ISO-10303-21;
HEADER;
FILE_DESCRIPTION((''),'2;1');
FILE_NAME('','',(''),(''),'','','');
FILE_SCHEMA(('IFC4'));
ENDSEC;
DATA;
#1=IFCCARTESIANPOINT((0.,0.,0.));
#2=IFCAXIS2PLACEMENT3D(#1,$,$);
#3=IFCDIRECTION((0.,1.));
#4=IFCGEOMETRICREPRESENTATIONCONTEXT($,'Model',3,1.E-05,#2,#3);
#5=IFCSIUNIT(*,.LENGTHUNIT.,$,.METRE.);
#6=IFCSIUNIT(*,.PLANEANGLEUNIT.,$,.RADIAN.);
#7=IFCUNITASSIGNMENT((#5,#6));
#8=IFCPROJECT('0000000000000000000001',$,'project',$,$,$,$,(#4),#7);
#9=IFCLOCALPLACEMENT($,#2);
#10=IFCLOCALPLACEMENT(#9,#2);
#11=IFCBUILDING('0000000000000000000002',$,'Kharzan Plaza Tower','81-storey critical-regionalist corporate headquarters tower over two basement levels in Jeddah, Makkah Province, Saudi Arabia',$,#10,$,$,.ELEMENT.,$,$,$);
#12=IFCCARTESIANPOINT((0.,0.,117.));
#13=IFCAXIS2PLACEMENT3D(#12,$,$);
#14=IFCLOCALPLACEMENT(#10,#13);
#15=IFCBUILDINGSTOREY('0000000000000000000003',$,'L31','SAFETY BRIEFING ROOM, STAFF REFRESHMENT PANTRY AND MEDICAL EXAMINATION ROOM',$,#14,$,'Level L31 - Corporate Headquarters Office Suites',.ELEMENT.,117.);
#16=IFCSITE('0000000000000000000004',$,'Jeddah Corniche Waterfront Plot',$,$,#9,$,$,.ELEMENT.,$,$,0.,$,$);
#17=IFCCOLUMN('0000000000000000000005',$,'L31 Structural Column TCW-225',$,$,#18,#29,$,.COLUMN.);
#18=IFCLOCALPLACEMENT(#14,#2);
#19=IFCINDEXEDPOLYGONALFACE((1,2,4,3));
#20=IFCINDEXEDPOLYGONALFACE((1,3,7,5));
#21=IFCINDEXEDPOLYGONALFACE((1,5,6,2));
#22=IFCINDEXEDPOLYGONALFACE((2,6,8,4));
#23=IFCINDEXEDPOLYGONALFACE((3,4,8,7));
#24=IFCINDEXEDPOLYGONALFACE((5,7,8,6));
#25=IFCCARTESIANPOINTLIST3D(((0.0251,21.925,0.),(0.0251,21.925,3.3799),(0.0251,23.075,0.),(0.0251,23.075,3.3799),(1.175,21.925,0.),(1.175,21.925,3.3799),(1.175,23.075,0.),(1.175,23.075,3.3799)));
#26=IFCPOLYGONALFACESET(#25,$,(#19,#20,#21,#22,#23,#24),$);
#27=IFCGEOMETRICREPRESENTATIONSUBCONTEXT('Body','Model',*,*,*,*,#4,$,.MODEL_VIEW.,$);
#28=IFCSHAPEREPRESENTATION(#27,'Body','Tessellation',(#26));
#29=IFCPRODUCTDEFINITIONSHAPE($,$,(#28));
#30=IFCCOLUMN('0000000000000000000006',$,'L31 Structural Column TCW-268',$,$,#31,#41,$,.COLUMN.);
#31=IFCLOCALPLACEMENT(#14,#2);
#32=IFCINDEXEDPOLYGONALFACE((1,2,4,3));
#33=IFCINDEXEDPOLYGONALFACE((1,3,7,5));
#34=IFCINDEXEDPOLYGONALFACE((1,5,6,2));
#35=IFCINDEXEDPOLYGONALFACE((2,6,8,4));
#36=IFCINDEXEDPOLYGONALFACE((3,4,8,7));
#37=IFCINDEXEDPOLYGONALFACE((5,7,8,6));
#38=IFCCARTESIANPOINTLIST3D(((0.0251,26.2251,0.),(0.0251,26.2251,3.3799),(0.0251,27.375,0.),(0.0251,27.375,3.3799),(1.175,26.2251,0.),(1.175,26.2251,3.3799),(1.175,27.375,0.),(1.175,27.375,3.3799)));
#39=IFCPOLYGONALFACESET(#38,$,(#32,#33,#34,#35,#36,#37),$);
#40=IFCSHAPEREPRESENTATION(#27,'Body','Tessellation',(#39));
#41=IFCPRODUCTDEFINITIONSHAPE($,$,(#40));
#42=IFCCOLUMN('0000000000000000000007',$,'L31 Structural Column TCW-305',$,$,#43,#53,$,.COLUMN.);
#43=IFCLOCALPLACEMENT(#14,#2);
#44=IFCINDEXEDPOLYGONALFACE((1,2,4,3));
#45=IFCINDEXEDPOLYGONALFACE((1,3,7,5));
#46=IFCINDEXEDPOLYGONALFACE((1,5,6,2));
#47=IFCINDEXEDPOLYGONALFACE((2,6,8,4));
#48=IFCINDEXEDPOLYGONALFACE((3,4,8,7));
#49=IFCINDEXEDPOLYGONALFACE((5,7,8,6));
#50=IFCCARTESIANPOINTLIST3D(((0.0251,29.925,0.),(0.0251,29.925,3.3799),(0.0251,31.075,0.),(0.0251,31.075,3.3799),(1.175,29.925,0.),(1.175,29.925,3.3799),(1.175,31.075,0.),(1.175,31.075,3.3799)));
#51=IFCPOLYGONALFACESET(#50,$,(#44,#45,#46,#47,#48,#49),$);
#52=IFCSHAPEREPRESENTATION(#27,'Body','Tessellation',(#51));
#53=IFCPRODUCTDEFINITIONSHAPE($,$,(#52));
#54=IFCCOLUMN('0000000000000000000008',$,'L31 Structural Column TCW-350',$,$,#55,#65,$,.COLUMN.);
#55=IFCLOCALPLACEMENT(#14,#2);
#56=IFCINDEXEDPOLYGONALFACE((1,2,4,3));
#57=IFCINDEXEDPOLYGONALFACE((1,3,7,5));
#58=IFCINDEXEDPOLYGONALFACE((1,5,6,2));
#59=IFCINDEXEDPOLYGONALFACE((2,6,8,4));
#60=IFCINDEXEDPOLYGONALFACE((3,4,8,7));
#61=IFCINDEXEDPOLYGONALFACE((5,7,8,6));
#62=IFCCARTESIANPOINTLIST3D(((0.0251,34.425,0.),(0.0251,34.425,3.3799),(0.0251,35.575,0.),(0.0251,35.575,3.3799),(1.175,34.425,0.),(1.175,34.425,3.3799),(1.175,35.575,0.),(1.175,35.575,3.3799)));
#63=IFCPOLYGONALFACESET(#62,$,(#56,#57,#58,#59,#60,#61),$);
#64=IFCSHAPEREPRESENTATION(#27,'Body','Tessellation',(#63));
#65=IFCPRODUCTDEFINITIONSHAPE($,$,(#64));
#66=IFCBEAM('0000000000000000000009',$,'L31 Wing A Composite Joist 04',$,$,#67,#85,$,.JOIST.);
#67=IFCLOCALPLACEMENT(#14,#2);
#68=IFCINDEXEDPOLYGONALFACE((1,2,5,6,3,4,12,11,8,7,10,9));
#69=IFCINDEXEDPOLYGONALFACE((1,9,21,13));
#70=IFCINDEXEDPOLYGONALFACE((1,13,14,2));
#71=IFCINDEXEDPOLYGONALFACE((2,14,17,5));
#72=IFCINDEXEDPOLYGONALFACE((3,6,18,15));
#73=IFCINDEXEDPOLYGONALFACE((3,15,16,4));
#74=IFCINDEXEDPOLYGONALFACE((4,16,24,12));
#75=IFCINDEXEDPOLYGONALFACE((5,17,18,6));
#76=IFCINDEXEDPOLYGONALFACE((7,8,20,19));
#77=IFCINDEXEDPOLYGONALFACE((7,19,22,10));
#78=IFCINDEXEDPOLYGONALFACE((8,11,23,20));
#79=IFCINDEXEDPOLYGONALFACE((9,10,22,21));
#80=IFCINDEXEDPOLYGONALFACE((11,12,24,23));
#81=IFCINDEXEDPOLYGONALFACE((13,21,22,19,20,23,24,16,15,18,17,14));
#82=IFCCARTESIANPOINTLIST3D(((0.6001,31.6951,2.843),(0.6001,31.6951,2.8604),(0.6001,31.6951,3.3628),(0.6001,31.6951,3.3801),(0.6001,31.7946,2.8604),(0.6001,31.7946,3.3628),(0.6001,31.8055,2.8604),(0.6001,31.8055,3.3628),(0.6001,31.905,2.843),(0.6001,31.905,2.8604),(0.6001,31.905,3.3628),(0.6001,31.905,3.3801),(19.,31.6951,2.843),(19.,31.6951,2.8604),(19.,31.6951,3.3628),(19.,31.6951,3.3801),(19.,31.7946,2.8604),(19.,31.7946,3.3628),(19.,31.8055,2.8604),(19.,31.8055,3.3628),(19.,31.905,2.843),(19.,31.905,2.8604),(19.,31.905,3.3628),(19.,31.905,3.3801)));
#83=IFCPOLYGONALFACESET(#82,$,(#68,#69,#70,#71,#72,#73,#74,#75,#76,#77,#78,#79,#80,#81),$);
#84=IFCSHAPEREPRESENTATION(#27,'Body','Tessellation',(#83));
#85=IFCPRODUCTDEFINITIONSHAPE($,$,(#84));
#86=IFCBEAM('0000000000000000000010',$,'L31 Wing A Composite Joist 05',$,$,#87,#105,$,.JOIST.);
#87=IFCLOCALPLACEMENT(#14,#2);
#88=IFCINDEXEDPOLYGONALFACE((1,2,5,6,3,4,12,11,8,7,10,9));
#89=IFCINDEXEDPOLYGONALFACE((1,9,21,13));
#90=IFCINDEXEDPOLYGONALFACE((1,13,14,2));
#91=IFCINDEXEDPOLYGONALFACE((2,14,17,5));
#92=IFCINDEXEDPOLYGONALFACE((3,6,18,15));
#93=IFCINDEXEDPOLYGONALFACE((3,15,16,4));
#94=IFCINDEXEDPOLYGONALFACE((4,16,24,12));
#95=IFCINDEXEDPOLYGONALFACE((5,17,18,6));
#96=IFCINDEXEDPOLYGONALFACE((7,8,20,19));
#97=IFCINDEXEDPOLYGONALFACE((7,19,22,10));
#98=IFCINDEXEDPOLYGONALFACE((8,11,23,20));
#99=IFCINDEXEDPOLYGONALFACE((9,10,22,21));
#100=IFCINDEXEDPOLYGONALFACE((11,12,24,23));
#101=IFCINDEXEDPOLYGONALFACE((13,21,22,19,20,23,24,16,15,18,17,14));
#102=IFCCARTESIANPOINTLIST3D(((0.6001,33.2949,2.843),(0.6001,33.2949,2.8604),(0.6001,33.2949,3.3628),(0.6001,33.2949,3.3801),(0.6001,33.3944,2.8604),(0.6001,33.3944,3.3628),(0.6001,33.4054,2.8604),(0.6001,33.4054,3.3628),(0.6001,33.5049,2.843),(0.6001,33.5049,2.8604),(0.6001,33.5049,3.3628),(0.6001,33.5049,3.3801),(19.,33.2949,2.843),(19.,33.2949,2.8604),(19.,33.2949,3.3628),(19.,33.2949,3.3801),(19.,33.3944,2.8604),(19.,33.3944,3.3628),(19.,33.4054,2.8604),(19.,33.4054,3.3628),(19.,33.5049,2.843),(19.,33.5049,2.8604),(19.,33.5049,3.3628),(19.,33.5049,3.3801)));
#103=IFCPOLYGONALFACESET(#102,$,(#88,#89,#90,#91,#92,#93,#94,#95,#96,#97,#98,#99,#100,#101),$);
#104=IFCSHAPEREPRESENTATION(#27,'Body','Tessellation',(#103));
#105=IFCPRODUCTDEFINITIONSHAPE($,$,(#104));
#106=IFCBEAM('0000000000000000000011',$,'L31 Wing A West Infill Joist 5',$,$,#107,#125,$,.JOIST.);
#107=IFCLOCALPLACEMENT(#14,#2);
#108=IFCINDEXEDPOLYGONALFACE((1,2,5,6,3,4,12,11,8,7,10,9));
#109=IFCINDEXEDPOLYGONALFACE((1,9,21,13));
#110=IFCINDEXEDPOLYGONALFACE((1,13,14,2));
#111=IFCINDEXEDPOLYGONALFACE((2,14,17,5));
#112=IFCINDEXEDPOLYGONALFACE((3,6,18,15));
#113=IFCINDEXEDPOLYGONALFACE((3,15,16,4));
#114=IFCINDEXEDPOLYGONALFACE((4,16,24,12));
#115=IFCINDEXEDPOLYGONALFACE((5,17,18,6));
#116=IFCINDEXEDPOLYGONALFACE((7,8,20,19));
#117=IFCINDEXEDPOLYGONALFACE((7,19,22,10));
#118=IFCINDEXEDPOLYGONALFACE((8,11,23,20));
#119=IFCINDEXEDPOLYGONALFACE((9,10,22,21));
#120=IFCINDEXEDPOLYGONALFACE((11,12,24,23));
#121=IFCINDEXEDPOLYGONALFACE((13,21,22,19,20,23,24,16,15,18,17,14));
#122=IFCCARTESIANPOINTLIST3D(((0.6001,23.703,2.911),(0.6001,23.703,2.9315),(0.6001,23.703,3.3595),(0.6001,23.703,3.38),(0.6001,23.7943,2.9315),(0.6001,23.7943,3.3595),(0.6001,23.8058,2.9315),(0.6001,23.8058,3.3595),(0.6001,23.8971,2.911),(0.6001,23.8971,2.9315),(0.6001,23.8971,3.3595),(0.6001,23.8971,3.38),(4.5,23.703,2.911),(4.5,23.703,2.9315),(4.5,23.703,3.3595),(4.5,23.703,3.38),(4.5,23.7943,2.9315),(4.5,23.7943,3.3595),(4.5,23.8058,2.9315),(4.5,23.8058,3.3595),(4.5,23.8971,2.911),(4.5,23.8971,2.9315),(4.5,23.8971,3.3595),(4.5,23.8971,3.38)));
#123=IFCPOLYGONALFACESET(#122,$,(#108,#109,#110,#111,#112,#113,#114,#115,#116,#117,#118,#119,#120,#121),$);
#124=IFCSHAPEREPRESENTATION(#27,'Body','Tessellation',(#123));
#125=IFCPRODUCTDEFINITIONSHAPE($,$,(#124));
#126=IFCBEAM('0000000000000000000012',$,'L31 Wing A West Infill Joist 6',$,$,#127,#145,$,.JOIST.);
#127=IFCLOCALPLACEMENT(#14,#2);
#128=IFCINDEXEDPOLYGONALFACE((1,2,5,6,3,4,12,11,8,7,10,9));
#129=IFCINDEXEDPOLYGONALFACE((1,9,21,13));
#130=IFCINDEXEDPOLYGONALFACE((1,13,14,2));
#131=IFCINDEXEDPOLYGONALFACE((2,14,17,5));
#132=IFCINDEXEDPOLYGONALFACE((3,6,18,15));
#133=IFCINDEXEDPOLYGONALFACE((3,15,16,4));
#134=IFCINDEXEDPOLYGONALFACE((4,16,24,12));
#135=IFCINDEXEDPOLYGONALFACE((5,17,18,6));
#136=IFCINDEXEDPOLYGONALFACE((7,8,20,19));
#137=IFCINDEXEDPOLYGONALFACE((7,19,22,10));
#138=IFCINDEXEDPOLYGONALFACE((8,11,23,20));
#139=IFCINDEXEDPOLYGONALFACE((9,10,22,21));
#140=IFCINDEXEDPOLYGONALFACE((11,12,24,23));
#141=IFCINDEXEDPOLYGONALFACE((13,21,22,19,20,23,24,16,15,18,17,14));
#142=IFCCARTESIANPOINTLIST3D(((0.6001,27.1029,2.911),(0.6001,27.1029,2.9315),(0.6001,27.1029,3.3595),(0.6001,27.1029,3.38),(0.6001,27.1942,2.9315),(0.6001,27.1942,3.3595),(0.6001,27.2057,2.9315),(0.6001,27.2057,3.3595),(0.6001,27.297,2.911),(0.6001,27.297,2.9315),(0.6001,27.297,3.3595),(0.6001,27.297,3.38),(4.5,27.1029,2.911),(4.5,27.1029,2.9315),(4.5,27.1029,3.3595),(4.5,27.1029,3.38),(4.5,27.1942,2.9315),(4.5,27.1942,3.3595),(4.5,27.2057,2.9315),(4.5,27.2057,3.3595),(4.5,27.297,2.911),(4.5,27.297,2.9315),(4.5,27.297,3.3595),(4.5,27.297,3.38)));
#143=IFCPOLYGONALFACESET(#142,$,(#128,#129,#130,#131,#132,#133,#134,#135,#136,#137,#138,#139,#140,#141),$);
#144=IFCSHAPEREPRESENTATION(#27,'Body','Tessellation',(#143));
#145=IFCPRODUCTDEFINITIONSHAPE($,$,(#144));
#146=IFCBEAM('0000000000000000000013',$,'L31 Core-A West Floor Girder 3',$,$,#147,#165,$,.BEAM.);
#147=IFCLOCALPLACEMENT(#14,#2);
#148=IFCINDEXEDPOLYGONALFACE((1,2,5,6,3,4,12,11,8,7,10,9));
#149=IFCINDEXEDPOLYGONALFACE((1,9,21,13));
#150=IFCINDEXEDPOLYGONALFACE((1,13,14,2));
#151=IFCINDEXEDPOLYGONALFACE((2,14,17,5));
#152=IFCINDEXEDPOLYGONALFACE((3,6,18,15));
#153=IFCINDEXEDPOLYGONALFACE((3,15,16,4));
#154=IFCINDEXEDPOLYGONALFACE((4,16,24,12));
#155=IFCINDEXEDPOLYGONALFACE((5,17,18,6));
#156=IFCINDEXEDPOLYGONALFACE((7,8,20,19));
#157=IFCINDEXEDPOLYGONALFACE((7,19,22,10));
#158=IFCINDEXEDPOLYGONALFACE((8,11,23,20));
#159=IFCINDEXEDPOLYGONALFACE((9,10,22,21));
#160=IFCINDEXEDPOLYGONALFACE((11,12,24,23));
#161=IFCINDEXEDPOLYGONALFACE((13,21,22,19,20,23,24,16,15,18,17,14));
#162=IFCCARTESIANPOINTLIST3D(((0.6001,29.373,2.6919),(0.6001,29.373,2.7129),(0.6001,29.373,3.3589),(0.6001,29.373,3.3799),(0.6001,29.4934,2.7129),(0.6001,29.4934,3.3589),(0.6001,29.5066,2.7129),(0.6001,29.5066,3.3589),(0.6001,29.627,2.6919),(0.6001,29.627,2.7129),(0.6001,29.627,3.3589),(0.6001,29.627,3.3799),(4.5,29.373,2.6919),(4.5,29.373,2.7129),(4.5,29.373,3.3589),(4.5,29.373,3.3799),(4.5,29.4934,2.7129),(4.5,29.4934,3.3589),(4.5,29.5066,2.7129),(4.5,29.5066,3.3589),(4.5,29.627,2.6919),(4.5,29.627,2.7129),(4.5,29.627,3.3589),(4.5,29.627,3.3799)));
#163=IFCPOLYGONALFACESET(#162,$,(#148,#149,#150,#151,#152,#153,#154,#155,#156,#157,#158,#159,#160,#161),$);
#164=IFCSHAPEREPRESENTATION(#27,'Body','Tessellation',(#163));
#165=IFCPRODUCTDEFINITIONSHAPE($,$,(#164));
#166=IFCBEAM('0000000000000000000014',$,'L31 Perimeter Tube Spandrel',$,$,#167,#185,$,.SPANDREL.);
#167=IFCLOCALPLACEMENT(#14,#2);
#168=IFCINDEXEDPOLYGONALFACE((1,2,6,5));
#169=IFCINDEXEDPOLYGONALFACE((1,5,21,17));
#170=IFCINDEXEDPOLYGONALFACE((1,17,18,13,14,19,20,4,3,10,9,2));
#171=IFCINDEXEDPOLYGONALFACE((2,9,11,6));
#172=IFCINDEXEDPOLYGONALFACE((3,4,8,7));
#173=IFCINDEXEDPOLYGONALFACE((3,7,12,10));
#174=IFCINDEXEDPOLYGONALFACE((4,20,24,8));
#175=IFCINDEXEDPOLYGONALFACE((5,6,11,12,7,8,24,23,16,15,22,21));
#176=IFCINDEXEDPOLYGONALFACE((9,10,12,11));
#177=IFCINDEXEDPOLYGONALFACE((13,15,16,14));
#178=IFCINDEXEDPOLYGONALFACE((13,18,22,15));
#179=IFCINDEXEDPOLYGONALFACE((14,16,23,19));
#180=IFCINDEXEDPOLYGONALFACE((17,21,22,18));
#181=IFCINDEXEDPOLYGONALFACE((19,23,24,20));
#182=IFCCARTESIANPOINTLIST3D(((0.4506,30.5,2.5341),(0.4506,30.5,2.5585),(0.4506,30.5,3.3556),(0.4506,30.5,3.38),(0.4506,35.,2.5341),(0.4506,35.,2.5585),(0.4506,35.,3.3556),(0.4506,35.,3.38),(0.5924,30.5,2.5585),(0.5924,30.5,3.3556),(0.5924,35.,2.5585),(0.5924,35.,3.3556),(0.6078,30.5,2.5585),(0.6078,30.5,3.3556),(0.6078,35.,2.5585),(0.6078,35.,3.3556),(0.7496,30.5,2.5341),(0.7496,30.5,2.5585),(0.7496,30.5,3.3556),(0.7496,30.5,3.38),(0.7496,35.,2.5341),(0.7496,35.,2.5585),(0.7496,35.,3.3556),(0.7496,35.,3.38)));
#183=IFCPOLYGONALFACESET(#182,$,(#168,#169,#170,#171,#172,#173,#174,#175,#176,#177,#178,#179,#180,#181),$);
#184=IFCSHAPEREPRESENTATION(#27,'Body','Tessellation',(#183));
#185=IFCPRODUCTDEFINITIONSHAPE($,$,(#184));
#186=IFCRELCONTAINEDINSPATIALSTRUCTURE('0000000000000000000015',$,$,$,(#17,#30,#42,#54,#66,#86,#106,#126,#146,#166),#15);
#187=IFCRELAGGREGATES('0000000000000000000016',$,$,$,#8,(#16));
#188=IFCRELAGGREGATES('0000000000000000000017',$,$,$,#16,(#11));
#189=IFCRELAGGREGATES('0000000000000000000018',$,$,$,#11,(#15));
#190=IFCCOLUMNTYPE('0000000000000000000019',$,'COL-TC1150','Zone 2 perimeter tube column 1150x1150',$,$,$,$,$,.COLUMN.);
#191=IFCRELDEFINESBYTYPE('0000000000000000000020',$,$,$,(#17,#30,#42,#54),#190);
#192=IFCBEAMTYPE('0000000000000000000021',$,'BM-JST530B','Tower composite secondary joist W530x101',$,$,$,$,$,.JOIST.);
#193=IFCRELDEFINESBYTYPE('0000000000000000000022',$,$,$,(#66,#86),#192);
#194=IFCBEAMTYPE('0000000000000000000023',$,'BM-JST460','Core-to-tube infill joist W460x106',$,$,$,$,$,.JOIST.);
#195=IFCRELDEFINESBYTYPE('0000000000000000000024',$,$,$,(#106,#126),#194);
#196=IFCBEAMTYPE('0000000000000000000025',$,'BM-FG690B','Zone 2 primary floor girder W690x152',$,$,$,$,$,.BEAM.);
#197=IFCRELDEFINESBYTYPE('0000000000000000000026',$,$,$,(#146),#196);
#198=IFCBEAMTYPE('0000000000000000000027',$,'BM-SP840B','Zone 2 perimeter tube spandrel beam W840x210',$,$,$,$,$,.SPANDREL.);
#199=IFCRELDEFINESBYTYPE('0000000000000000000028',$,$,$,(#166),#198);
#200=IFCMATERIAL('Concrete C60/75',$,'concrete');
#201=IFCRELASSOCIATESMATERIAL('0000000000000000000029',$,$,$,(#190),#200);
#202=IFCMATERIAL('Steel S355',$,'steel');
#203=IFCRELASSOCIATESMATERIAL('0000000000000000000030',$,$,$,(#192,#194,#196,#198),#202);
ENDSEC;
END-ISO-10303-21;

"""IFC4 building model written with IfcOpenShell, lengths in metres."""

from ifc_helpers import new_model, si_unit, direction, frame, origin, origin_2d, place, context, subcontext, project, spatial, rectangle, i_section, extrude, source, transform, mapped, material, material_profile, profile_set, type_object, element, save


model = new_model("IFC4")

# Units and contexts
model_context = context("Model", 3, precision=1e-05, world=origin(), true_north=direction((0.0, 1.0)))
body_context = subcontext(model_context, "Body", "Model", "MODEL_VIEW")
ifc_project = project(units=[si_unit("LENGTHUNIT", "METRE"), si_unit("PLANEANGLEUNIT", "RADIAN")], contexts=[model_context])

# Site, building, storey
site_placement = place(None, origin())
site = spatial("IfcSite", under=ifc_project, at=site_placement, Name="Jeddah Corniche Waterfront Plot", CompositionType="ELEMENT", RefElevation=0.0)
building_placement = place(site_placement, origin())
building = spatial("IfcBuilding", under=site, at=building_placement, Name="Kharzan Plaza Tower", Description="81-storey critical-regionalist corporate headquarters tower over two basement levels in Jeddah, Makkah Province, Saudi Arabia", CompositionType="ELEMENT")
storey_placement = place(building_placement, frame((0.0, 0.0, 117.0)))
storey = spatial("IfcBuildingStorey", under=building, at=storey_placement, Name="L31", Description="SAFETY BRIEFING ROOM, STAFF REFRESHMENT PANTRY AND MEDICAL EXAMINATION ROOM", LongName="Level L31 - Corporate Headquarters Office Suites", CompositionType="ELEMENT", Elevation=117.0)

# Columns
ifc_material_1 = material(Name="Concrete C60/75", Category="concrete")
ifc_material_profile_1 = material_profile(ifc_material_1, rectangle(XDim=1.1499, YDim=1.1499, at=origin_2d()), Name="RC-TC1150x1150")
ifc_profile_set_1 = profile_set([ifc_material_profile_1], Name="Concrete C60/75")
column_type = type_object("IfcColumnType", Name="COL-TC1150", Description="Zone 2 perimeter tube column 1150x1150", PredefinedType="COLUMN", material=ifc_profile_set_1)
shared_shape_1 = source(origin(), body_context, "Body", "SweptSolid", [
    extrude(rectangle(XDim=1.1499, YDim=1.1499, at=origin_2d()), origin(), (0.0, 0.0, 1.0), 3.3799),
])
for number, where, z_axis, x_axis, name in (
    (1, (0.6001, 22.5, 0.0), (0.0, 0.0, 1.0), (1.0, 0.0, 0.0), "L31 Structural Column TCW-225"),
    (2, (0.6001, 26.8, 0.0), (0.0, 0.0, 1.0), (1.0, 0.0, 0.0), "L31 Structural Column TCW-268"),
    (3, (0.6001, 30.5, 0.0), (0.0, 0.0, 1.0), (1.0, 0.0, 0.0), "L31 Structural Column TCW-305"),
    (4, (0.6001, 35.0, 0.0), (0.0, 0.0, 1.0), (1.0, 0.0, 0.0), "L31 Structural Column TCW-350"),
):
    element("IfcColumn", number, at=place(storey_placement, frame(where, z_axis=z_axis, x_axis=x_axis)), inside=storey, type_object=column_type, Name=name, PredefinedType="COLUMN", context=body_context, shape_type="MappedRepresentation", body=[
        mapped(shared_shape_1, transform((0.0, 0.0, 0.0), x_axis=(1.0, 0.0, 0.0), y_axis=(0.0, 1.0, 0.0), z_axis=(0.0, 0.0, 1.0))),
    ])

# Beams
ifc_material_2 = material(Name="Steel S355", Category="steel")
ifc_material_profile_2 = material_profile(ifc_material_2, i_section(OverallWidth=0.21, OverallDepth=0.5371, WebThickness=0.011, FlangeThickness=0.0173, at=origin_2d()), Name="W530x101")
ifc_profile_set_2 = profile_set([ifc_material_profile_2], Name="Steel S355")
beam_type_1 = type_object("IfcBeamType", Name="BM-JST530B", Description="Tower composite secondary joist W530x101", PredefinedType="JOIST", material=ifc_profile_set_2)
shared_shape_2 = source(origin(), body_context, "Body", "SweptSolid", [
    extrude(i_section(OverallWidth=0.21, OverallDepth=0.5371, WebThickness=0.011, FlangeThickness=0.0173, at=origin_2d()), origin(), (0.0, 0.0, 1.0), 18.3999),
])
for number, where, z_axis, x_axis, name in (
    (5, (0.6001, 31.8, 3.1116), (1.0, 0.0, 0.0), (0.0, 1.0, 0.0), "L31 Wing A Composite Joist 04"),
    (6, (0.6001, 33.3999, 3.1116), (1.0, 0.0, 0.0), (0.0, 1.0, 0.0), "L31 Wing A Composite Joist 05"),
):
    element("IfcBeam", number, at=place(storey_placement, frame(where, z_axis=z_axis, x_axis=x_axis)), inside=storey, type_object=beam_type_1, Name=name, PredefinedType="JOIST", context=body_context, shape_type="MappedRepresentation", body=[
        mapped(shared_shape_2, transform((0.0, 0.0, 0.0), x_axis=(1.0, 0.0, 0.0), y_axis=(0.0, 1.0, 0.0), z_axis=(0.0, 0.0, 1.0))),
    ])
ifc_material_profile_3 = material_profile(ifc_material_2, i_section(OverallWidth=0.1941, OverallDepth=0.469, WebThickness=0.0115, FlangeThickness=0.0205, at=origin_2d()), Name="W460x106")
ifc_profile_set_3 = profile_set([ifc_material_profile_3], Name="Steel S355")
beam_type_2 = type_object("IfcBeamType", Name="BM-JST460", Description="Core-to-tube infill joist W460x106", PredefinedType="JOIST", material=ifc_profile_set_3)
shared_shape_3 = source(origin(), body_context, "Body", "SweptSolid", [
    extrude(i_section(OverallWidth=0.1941, OverallDepth=0.469, WebThickness=0.0115, FlangeThickness=0.0205, at=origin_2d()), origin(), (0.0, 0.0, 1.0), 3.8999),
])
for number, where, z_axis, x_axis, name in (
    (7, (0.6001, 23.8, 3.1455), (1.0, 0.0, 0.0), (0.0, 1.0, 0.0), "L31 Wing A West Infill Joist 5"),
    (8, (0.6001, 27.2, 3.1455), (1.0, 0.0, 0.0), (0.0, 1.0, 0.0), "L31 Wing A West Infill Joist 6"),
):
    element("IfcBeam", number, at=place(storey_placement, frame(where, z_axis=z_axis, x_axis=x_axis)), inside=storey, type_object=beam_type_2, Name=name, PredefinedType="JOIST", context=body_context, shape_type="MappedRepresentation", body=[
        mapped(shared_shape_3, transform((0.0, 0.0, 0.0), x_axis=(1.0, 0.0, 0.0), y_axis=(0.0, 1.0, 0.0), z_axis=(0.0, 0.0, 1.0))),
    ])
ifc_material_profile_4 = material_profile(ifc_material_2, i_section(OverallWidth=0.2539, OverallDepth=0.688, WebThickness=0.0132, FlangeThickness=0.021, at=origin_2d()), Name="W690x152")
ifc_profile_set_4 = profile_set([ifc_material_profile_4], Name="Steel S355")
beam_type_3 = type_object("IfcBeamType", Name="BM-FG690B", Description="Zone 2 primary floor girder W690x152", PredefinedType="BEAM", material=ifc_profile_set_4)
shared_shape_4 = source(origin(), body_context, "Body", "SweptSolid", [
    extrude(i_section(OverallWidth=0.2539, OverallDepth=0.688, WebThickness=0.0132, FlangeThickness=0.021, at=origin_2d()), origin(), (0.0, 0.0, 1.0), 3.8999),
])
beam_1_placement = place(storey_placement, frame((0.6001, 29.5, 3.0359), z_axis=(1.0, 0.0, 0.0), x_axis=(0.0, 1.0, 0.0)))
element("IfcBeam", 9, at=beam_1_placement, inside=storey, type_object=beam_type_3, Name="L31 Core-A West Floor Girder 3", PredefinedType="BEAM", context=body_context, shape_type="MappedRepresentation", body=[
    mapped(shared_shape_4, transform((0.0, 0.0, 0.0), x_axis=(1.0, 0.0, 0.0), y_axis=(0.0, 1.0, 0.0), z_axis=(0.0, 0.0, 1.0))),
])
ifc_material_profile_5 = material_profile(ifc_material_2, i_section(OverallWidth=0.2991, OverallDepth=0.8459, WebThickness=0.0154, FlangeThickness=0.0244, at=origin_2d()), Name="W840x210")
ifc_profile_set_5 = profile_set([ifc_material_profile_5], Name="Steel S355")
beam_type_4 = type_object("IfcBeamType", Name="BM-SP840B", Description="Zone 2 perimeter tube spandrel beam W840x210", PredefinedType="SPANDREL", material=ifc_profile_set_5)
shared_shape_5 = source(origin(), body_context, "Body", "SweptSolid", [
    extrude(i_section(OverallWidth=0.2991, OverallDepth=0.8459, WebThickness=0.0154, FlangeThickness=0.0244, at=origin_2d()), origin(), (0.0, 0.0, 1.0), 4.5),
])
beam_2_placement = place(storey_placement, frame((0.6001, 30.5, 2.957), z_axis=(0.0, 1.0, 0.0), x_axis=(-1.0, 0.0, 0.0)))
element("IfcBeam", 10, at=beam_2_placement, inside=storey, type_object=beam_type_4, Name="L31 Perimeter Tube Spandrel", PredefinedType="SPANDREL", context=body_context, shape_type="MappedRepresentation", body=[
    mapped(shared_shape_5, transform((0.0, 0.0, 0.0), x_axis=(1.0, 0.0, 0.0), y_axis=(0.0, 1.0, 0.0), z_axis=(0.0, 0.0, 1.0))),
])

save(model, "model.ifc")
